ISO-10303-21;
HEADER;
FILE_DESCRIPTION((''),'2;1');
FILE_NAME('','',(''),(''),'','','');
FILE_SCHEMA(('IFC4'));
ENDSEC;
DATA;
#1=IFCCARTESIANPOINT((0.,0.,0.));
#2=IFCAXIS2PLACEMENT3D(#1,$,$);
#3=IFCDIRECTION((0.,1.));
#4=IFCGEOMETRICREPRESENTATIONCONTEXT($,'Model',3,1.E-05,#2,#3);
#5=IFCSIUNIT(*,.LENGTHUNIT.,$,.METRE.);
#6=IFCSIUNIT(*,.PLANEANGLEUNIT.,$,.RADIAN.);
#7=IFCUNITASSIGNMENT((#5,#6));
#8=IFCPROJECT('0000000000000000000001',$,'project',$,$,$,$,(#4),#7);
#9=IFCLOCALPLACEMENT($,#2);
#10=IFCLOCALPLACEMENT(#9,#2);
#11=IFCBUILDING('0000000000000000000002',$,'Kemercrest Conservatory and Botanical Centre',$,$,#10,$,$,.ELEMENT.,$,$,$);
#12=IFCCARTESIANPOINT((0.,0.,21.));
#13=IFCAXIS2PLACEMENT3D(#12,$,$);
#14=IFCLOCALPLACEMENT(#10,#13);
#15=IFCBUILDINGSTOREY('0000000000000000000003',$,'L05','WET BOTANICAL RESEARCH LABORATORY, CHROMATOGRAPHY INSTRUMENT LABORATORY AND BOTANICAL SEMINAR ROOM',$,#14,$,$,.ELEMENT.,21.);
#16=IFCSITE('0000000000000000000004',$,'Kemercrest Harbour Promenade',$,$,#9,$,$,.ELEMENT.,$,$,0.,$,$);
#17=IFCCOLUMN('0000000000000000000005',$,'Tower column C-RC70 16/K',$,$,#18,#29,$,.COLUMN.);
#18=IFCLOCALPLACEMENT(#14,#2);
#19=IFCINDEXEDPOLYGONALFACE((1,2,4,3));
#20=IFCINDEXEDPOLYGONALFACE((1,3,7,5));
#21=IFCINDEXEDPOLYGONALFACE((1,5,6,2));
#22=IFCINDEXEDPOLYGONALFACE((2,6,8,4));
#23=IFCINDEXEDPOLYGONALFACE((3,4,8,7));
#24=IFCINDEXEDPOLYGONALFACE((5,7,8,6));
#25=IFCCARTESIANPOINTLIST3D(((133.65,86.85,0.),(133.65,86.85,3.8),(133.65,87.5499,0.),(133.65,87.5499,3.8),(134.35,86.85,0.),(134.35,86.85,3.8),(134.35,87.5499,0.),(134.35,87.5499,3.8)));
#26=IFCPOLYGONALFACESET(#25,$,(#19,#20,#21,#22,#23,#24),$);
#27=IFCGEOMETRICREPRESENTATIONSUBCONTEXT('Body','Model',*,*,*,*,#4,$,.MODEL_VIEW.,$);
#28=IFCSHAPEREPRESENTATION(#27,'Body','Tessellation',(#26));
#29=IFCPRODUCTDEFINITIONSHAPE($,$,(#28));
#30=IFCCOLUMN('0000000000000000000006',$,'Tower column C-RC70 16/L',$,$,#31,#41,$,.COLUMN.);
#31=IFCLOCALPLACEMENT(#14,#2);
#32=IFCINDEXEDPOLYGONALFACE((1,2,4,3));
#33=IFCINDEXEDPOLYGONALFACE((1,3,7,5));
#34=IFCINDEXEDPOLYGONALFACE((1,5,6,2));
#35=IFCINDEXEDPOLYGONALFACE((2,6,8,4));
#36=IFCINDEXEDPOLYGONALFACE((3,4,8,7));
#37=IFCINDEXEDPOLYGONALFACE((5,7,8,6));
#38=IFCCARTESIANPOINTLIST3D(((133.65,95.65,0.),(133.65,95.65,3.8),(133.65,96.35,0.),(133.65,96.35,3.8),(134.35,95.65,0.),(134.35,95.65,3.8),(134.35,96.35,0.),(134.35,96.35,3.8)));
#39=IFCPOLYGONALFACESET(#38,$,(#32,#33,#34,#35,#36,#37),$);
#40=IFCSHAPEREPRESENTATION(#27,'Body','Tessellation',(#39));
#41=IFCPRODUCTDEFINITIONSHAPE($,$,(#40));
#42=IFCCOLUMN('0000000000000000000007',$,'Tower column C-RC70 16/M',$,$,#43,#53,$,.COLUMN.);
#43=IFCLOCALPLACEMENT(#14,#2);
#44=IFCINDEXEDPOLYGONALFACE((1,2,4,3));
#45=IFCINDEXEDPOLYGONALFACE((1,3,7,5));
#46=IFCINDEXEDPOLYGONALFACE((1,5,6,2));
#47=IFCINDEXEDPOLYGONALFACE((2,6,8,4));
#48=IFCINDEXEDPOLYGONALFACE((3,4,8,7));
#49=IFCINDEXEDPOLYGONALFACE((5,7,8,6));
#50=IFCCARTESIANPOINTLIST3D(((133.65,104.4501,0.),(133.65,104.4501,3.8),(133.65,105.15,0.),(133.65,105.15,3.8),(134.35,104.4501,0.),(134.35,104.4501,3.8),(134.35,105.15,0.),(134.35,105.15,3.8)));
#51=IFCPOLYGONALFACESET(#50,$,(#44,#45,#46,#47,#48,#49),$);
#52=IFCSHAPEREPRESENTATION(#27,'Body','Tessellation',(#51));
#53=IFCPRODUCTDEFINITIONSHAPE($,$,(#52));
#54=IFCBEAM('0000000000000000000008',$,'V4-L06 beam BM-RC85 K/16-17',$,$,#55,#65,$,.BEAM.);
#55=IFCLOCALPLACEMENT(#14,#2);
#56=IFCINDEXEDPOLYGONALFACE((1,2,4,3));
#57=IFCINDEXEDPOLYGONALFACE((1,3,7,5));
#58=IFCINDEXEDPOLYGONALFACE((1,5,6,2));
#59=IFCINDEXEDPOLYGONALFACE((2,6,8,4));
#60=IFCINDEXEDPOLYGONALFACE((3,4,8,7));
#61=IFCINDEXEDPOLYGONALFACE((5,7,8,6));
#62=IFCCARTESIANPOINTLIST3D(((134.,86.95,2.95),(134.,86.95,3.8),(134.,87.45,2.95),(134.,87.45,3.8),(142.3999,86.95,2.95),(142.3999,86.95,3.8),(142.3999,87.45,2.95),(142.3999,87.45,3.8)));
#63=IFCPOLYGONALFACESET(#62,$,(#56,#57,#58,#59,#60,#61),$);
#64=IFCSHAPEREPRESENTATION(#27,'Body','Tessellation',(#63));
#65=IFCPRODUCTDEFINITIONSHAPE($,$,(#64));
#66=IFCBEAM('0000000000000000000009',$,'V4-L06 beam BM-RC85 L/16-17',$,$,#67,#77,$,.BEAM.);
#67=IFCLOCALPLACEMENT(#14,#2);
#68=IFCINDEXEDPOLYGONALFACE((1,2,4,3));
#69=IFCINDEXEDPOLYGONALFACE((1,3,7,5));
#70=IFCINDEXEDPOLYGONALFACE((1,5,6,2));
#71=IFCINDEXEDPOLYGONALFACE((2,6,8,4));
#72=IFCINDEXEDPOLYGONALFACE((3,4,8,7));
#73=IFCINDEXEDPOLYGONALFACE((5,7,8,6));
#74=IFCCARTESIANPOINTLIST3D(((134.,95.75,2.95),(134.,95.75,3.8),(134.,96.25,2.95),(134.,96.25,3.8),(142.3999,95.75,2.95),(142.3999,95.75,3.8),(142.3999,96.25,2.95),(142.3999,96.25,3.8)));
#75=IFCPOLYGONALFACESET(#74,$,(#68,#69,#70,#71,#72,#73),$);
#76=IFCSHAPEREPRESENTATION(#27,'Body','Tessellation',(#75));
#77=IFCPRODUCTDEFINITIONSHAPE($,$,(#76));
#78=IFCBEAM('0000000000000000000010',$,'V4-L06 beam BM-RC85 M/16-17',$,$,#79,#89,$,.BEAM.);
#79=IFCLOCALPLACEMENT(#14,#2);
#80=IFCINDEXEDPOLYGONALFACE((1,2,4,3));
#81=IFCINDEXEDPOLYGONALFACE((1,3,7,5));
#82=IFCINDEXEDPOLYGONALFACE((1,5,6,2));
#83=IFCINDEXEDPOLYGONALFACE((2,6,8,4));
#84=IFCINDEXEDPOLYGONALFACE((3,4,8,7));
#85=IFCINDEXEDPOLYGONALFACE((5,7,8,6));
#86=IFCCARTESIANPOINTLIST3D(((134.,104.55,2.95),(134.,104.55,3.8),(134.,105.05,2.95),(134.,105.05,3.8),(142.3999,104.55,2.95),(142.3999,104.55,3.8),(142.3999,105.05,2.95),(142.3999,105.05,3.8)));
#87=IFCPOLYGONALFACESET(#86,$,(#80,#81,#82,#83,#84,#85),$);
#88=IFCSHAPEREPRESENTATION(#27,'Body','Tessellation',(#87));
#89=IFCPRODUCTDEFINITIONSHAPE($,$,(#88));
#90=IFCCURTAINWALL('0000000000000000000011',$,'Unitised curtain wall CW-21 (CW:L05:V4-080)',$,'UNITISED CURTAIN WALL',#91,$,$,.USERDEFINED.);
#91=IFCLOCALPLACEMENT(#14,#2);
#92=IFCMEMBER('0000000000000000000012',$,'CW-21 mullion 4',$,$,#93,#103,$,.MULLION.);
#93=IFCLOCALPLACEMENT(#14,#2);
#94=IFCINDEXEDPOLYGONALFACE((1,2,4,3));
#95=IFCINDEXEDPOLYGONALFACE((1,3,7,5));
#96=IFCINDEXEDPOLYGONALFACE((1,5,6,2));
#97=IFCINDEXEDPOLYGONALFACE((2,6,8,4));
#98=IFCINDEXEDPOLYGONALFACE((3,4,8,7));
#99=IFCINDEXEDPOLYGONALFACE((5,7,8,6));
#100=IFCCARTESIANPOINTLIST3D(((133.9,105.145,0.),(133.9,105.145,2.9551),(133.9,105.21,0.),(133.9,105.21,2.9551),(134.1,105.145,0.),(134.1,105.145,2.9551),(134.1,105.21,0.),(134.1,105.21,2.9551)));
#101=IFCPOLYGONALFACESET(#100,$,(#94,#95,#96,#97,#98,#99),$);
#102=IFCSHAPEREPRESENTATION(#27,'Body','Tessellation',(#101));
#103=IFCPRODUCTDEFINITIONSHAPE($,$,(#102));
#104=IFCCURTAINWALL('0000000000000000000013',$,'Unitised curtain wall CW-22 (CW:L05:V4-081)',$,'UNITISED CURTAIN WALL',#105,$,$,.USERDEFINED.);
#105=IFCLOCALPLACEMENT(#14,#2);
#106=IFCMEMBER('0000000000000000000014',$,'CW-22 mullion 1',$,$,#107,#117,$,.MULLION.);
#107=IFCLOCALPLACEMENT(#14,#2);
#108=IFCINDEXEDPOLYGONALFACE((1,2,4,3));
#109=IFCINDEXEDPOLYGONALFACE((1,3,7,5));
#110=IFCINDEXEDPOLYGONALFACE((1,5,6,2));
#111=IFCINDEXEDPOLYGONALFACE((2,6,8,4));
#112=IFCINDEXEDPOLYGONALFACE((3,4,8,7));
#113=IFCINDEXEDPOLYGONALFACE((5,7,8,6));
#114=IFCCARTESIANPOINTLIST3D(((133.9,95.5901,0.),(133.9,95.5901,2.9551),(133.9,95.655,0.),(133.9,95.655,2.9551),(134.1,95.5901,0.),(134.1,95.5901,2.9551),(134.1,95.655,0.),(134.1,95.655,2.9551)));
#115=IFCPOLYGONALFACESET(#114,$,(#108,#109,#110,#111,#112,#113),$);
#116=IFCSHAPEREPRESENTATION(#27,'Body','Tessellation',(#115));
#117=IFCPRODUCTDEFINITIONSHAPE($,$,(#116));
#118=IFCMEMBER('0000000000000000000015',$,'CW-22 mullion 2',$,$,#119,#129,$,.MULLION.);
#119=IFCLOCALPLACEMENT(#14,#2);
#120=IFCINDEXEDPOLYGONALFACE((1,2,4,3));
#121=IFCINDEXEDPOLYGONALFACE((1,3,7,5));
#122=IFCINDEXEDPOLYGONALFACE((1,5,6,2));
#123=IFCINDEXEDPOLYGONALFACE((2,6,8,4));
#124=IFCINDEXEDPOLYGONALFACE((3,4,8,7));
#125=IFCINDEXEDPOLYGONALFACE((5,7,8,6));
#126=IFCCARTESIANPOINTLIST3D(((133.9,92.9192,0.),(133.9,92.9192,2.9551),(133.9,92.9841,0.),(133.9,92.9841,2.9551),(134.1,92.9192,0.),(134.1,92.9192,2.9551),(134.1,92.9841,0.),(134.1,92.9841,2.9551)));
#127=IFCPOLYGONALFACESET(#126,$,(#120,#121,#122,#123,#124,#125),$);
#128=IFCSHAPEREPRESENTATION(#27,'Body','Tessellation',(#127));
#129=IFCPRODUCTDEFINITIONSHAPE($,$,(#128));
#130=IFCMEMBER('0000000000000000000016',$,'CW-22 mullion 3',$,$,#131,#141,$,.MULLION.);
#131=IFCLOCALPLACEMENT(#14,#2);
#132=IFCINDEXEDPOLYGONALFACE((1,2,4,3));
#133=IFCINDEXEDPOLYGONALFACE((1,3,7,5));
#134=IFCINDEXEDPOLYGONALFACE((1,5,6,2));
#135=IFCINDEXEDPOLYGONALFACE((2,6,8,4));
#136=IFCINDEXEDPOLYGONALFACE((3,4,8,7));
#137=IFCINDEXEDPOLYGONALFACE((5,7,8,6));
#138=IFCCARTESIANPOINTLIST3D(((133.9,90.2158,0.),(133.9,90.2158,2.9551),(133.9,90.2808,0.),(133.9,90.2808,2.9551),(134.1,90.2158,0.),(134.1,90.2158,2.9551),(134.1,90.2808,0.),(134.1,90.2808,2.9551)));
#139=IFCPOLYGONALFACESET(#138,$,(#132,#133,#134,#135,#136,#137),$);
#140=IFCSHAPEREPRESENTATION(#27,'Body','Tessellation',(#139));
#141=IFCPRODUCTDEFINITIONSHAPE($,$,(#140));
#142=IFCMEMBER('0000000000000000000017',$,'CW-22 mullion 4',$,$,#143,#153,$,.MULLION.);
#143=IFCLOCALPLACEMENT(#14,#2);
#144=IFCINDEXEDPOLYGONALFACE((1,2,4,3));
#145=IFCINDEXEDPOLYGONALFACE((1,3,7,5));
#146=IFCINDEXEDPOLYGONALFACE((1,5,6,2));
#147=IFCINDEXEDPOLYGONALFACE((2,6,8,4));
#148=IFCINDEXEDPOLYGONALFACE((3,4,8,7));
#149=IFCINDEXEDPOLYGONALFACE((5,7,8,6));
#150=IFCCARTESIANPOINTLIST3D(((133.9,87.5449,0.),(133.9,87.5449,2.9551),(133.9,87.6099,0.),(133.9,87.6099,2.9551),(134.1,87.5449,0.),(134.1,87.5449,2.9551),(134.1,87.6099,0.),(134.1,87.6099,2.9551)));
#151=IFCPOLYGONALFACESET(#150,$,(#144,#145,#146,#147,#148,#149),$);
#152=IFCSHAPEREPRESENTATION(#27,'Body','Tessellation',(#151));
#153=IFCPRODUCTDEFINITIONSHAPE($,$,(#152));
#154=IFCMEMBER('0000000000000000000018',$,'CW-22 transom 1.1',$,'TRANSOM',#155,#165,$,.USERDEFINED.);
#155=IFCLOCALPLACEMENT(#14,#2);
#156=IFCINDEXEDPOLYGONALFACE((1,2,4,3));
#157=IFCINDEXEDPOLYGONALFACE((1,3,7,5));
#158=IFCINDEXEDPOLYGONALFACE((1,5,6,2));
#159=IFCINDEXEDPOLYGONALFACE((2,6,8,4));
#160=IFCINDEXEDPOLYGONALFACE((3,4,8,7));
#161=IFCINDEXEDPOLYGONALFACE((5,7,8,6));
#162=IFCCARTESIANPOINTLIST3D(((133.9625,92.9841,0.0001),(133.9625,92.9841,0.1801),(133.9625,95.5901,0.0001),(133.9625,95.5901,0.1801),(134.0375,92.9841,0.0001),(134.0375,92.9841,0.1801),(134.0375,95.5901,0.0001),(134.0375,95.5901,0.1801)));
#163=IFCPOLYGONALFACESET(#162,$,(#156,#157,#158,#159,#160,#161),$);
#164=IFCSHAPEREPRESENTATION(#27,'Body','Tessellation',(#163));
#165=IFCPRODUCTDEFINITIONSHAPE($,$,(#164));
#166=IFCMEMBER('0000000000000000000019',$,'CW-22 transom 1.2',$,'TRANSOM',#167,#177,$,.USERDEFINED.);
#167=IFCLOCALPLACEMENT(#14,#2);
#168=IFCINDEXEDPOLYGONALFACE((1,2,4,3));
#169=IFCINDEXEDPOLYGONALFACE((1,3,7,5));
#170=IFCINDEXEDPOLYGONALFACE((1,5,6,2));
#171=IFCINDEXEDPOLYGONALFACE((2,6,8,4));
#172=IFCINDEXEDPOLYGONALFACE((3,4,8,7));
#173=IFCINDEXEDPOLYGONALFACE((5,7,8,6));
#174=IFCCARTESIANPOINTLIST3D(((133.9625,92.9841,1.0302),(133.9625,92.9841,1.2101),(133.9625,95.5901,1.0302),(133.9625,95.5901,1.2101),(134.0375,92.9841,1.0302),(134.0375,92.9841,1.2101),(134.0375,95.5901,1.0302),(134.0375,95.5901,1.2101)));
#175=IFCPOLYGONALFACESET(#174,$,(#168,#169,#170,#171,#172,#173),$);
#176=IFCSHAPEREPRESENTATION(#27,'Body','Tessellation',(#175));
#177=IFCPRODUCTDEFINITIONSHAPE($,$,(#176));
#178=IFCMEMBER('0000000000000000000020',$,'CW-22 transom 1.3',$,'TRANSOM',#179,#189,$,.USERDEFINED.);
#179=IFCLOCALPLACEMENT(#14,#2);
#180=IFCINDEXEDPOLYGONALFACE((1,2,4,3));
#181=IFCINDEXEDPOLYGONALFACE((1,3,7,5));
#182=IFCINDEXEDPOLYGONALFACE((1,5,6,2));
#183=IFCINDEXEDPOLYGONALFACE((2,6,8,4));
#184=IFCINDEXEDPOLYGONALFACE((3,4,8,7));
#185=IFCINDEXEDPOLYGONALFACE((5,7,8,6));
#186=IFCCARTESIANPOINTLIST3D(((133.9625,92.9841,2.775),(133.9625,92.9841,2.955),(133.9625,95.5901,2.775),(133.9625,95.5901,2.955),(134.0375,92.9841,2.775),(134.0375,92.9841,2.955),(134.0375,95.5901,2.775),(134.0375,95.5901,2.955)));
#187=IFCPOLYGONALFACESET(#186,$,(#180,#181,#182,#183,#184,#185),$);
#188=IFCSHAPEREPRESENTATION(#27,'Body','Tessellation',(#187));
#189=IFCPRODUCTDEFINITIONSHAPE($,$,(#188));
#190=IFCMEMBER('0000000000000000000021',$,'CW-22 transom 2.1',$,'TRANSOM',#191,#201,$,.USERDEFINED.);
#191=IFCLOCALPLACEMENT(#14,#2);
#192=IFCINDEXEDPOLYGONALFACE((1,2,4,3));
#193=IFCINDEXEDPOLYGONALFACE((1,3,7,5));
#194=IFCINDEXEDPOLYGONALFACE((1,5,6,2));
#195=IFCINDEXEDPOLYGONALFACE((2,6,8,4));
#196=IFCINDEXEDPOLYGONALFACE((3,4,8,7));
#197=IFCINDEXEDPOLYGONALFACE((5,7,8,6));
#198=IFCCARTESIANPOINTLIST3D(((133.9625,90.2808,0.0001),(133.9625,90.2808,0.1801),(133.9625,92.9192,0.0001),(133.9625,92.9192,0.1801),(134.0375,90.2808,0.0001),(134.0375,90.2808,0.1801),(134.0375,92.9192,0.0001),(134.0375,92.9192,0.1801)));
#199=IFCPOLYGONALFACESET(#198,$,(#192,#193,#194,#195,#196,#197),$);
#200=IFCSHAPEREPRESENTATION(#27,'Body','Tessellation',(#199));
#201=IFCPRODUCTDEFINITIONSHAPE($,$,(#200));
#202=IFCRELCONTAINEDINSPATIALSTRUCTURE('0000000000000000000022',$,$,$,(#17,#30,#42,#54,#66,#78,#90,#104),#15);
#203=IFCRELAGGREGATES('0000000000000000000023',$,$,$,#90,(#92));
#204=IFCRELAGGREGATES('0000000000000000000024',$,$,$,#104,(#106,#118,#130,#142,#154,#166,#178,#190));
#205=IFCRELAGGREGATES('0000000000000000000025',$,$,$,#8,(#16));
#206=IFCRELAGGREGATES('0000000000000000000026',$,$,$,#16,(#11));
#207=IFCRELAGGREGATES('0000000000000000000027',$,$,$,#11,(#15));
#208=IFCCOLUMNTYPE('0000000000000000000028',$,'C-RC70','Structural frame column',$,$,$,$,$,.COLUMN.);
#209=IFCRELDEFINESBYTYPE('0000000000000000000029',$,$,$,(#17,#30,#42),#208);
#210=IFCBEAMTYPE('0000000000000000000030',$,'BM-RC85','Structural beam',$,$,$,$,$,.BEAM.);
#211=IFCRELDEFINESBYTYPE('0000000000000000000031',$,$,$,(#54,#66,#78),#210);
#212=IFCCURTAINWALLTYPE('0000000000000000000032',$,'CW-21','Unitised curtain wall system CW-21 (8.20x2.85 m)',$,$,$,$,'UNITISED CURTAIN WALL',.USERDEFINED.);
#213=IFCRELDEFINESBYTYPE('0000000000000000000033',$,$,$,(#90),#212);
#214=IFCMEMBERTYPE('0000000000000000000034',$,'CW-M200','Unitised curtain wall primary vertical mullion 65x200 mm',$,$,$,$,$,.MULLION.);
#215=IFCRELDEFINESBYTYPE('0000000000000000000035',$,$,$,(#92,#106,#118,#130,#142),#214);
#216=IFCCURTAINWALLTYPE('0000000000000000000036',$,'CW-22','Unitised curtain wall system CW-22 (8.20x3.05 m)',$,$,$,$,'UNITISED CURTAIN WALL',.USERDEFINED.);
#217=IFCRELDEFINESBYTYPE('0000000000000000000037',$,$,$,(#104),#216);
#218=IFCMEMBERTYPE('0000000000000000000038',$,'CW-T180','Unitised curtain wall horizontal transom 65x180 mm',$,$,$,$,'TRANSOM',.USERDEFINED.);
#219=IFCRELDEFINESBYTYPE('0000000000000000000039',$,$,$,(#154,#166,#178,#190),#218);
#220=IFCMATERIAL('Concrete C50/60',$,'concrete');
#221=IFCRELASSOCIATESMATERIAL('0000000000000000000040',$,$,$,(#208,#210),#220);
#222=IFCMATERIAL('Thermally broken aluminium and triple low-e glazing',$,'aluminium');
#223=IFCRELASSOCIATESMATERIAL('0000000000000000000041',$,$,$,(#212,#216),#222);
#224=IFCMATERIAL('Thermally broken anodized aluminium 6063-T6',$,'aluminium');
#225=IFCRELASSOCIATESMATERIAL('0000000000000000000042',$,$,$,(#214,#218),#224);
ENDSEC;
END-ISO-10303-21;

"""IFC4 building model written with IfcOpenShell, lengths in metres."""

from ifc_helpers import new_model, si_unit, direction, frame, origin, origin_2d, place, context, subcontext, project, spatial, rectangle, extrude, material, material_profile, profile_set, type_object, element, aggregate, save


model = new_model("IFC4")

# Units and contexts
model_context = context("Model", 3, precision=1e-05, world=origin(), true_north=direction((0.0, 1.0)))
body_context = subcontext(model_context, "Body", "Model", "MODEL_VIEW")
ifc_project = project(units=[si_unit("LENGTHUNIT", "METRE"), si_unit("PLANEANGLEUNIT", "RADIAN")], contexts=[model_context])

# Site, building, storey
site_placement = place(None, origin())
site = spatial("IfcSite", under=ifc_project, at=site_placement, Name="Kemercrest Harbour Promenade", CompositionType="ELEMENT", RefElevation=0.0)
building_placement = place(site_placement, origin())
building = spatial("IfcBuilding", under=site, at=building_placement, Name="Kemercrest Conservatory and Botanical Centre", CompositionType="ELEMENT")
storey_placement = place(building_placement, frame((0.0, 0.0, 21.0)))
storey = spatial("IfcBuildingStorey", under=building, at=storey_placement, Name="L05", Description="WET BOTANICAL RESEARCH LABORATORY, CHROMATOGRAPHY INSTRUMENT LABORATORY AND BOTANICAL SEMINAR ROOM", CompositionType="ELEMENT", Elevation=21.0)

# Columns
ifc_material_1 = material(Name="Concrete C50/60", Category="concrete")
ifc_material_profile_1 = material_profile(ifc_material_1, rectangle(XDim=0.7, YDim=0.7, at=origin_2d()), Name="RC 700x700")
ifc_profile_set_1 = profile_set([ifc_material_profile_1], Name="Concrete C50/60")
column_type = type_object("IfcColumnType", Name="C-RC70", Description="Structural frame column", PredefinedType="COLUMN", material=ifc_profile_set_1)
for number, where, z_axis, x_axis, name in (
    (1, (134.0, 87.2, 0.0), (0.0, 0.0, 1.0), (1.0, 0.0, 0.0), "Tower column C-RC70 16/K"),
    (2, (134.0, 96.0, 0.0), (0.0, 0.0, 1.0), (1.0, 0.0, 0.0), "Tower column C-RC70 16/L"),
    (3, (134.0, 104.8, 0.0), (0.0, 0.0, 1.0), (1.0, 0.0, 0.0), "Tower column C-RC70 16/M"),
):
    element("IfcColumn", number, at=place(storey_placement, frame(where, z_axis=z_axis, x_axis=x_axis)), inside=storey, type_object=column_type, Name=name, PredefinedType="COLUMN", context=body_context, shape_type="SweptSolid", body=[
        extrude(rectangle(XDim=0.7, YDim=0.7, at=origin_2d()), origin(), (0.0, 0.0, 1.0), 3.8),
    ])

# Beams
ifc_material_profile_2 = material_profile(ifc_material_1, rectangle(XDim=0.5, YDim=0.8501, at=origin_2d()), Name="RC 500x850")
ifc_profile_set_2 = profile_set([ifc_material_profile_2], Name="Concrete C50/60")
beam_type_1 = type_object("IfcBeamType", Name="BM-RC85", Description="Structural beam", PredefinedType="BEAM", material=ifc_profile_set_2)
for number, where, z_axis, x_axis, name in (
    (4, (134.0, 87.2, 3.375), (1.0, 0.0, 0.0), (0.0, 1.0, 0.0), "V4-L06 beam BM-RC85 K/16-17"),
    (5, (134.0, 96.0, 3.375), (1.0, 0.0, 0.0), (0.0, 1.0, 0.0), "V4-L06 beam BM-RC85 L/16-17"),
    (6, (134.0, 104.8, 3.375), (1.0, 0.0, 0.0), (0.0, 1.0, 0.0), "V4-L06 beam BM-RC85 M/16-17"),
):
    element("IfcBeam", number, at=place(storey_placement, frame(where, z_axis=z_axis, x_axis=x_axis)), inside=storey, type_object=beam_type_1, Name=name, PredefinedType="BEAM", context=body_context, shape_type="SweptSolid", body=[
        extrude(rectangle(XDim=0.5, YDim=0.8501, at=origin_2d()), origin(), (0.0, 0.0, 1.0), 8.3999),
    ])

# Curtain wall, member
ifc_material_2 = material(Name="Thermally broken aluminium and triple low-e glazing", Category="aluminium")
curtain_wall_type_1 = type_object("IfcCurtainWallType", Name="CW-21", Description="Unitised curtain wall system CW-21 (8.20x2.85 m)", ElementType="UNITISED CURTAIN WALL", PredefinedType="USERDEFINED", material=ifc_material_2)
curtain_wall_1_placement = place(storey_placement, origin())
curtain_wall_1 = element("IfcCurtainWall", 7, at=curtain_wall_1_placement, inside=storey, type_object=curtain_wall_type_1, Name="Unitised curtain wall CW-21 (CW:L05:V4-080)", ObjectType="UNITISED CURTAIN WALL", PredefinedType="USERDEFINED")
ifc_material_3 = material(Name="Thermally broken anodized aluminium 6063-T6", Category="aluminium")
ifc_material_profile_3 = material_profile(ifc_material_3, rectangle(XDim=0.2, YDim=0.0649, at=origin_2d()), Name="AL MULLION 65x200")
ifc_profile_set_3 = profile_set([ifc_material_profile_3], Name="Thermally broken anodized aluminium 6063-T6")
member_type_1 = type_object("IfcMemberType", Name="CW-M200", Description="Unitised curtain wall primary vertical mullion 65x200 mm", PredefinedType="MULLION", material=ifc_profile_set_3)
member_1_placement = place(storey_placement, frame((134.0, 105.1775, 0.0), z_axis=(0.0, 0.0, 1.0), x_axis=(1.0, 0.0, 0.0)))
member_1 = element("IfcMember", 8, at=member_1_placement, type_object=member_type_1, Name="CW-21 mullion 4", PredefinedType="MULLION", context=body_context, shape_type="SweptSolid", body=[
    extrude(rectangle(XDim=0.2, YDim=0.0649, at=origin_2d()), origin(), (0.0, 0.0, 1.0), 2.9551),
])
aggregate(curtain_wall_1, [member_1])

# Curtain wall, members
curtain_wall_type_2 = type_object("IfcCurtainWallType", Name="CW-22", Description="Unitised curtain wall system CW-22 (8.20x3.05 m)", ElementType="UNITISED CURTAIN WALL", PredefinedType="USERDEFINED", material=ifc_material_2)
curtain_wall_2_placement = place(storey_placement, origin())
curtain_wall_2 = element("IfcCurtainWall", 9, at=curtain_wall_2_placement, inside=storey, type_object=curtain_wall_type_2, Name="Unitised curtain wall CW-22 (CW:L05:V4-081)", ObjectType="UNITISED CURTAIN WALL", PredefinedType="USERDEFINED")
member_2_placement = place(storey_placement, frame((134.0, 95.6226, 0.0), z_axis=(0.0, 0.0, 1.0), x_axis=(1.0, 0.0, 0.0)))
member_2 = element("IfcMember", 10, at=member_2_placement, type_object=member_type_1, Name="CW-22 mullion 1", PredefinedType="MULLION", context=body_context, shape_type="SweptSolid", body=[
    extrude(rectangle(XDim=0.2, YDim=0.0649, at=origin_2d()), origin(), (0.0, 0.0, 1.0), 2.9551),
])
member_3_placement = place(storey_placement, frame((134.0, 92.9517, 0.0), z_axis=(0.0, 0.0, 1.0), x_axis=(1.0, 0.0, 0.0)))
member_3 = element("IfcMember", 11, at=member_3_placement, type_object=member_type_1, Name="CW-22 mullion 2", PredefinedType="MULLION", context=body_context, shape_type="SweptSolid", body=[
    extrude(rectangle(XDim=0.2, YDim=0.0649, at=origin_2d()), origin(), (0.0, 0.0, 1.0), 2.9551),
])
member_4_placement = place(storey_placement, frame((134.0, 90.2483, 0.0), z_axis=(0.0, 0.0, 1.0), x_axis=(1.0, 0.0, 0.0)))
member_4 = element("IfcMember", 12, at=member_4_placement, type_object=member_type_1, Name="CW-22 mullion 3", PredefinedType="MULLION", context=body_context, shape_type="SweptSolid", body=[
    extrude(rectangle(XDim=0.2, YDim=0.0649, at=origin_2d()), origin(), (0.0, 0.0, 1.0), 2.9551),
])
member_5_placement = place(storey_placement, frame((134.0, 87.5774, 0.0), z_axis=(0.0, 0.0, 1.0), x_axis=(1.0, 0.0, 0.0)))
member_5 = element("IfcMember", 13, at=member_5_placement, type_object=member_type_1, Name="CW-22 mullion 4", PredefinedType="MULLION", context=body_context, shape_type="SweptSolid", body=[
    extrude(rectangle(XDim=0.2, YDim=0.0649, at=origin_2d()), origin(), (0.0, 0.0, 1.0), 2.9551),
])
ifc_material_profile_4 = material_profile(ifc_material_3, rectangle(XDim=0.075, YDim=0.1799, at=origin_2d()), Name="AL TRANSOM 75x180")
ifc_profile_set_4 = profile_set([ifc_material_profile_4], Name="Thermally broken anodized aluminium 6063-T6")
member_type_2 = type_object("IfcMemberType", Name="CW-T180", Description="Unitised curtain wall horizontal transom 65x180 mm", ElementType="TRANSOM", PredefinedType="USERDEFINED", material=ifc_profile_set_4)
member_6_placement = place(storey_placement, frame((134.0, 95.5901, 0.0901), z_axis=(0.0, -1.0, 0.0), x_axis=(1.0, 0.0, 0.0)))
member_6 = element("IfcMember", 14, at=member_6_placement, type_object=member_type_2, Name="CW-22 transom 1.1", ObjectType="TRANSOM", PredefinedType="USERDEFINED", context=body_context, shape_type="SweptSolid", body=[
    extrude(rectangle(XDim=0.075, YDim=0.1799, at=origin_2d()), origin(), (0.0, 0.0, 1.0), 2.606),
])
member_7_placement = place(storey_placement, frame((134.0, 95.5901, 1.1201), z_axis=(0.0, -1.0, 0.0), x_axis=(1.0, 0.0, 0.0)))
member_7 = element("IfcMember", 15, at=member_7_placement, type_object=member_type_2, Name="CW-22 transom 1.2", ObjectType="TRANSOM", PredefinedType="USERDEFINED", context=body_context, shape_type="SweptSolid", body=[
    extrude(rectangle(XDim=0.075, YDim=0.1799, at=origin_2d()), origin(), (0.0, 0.0, 1.0), 2.606),
])
member_8_placement = place(storey_placement, frame((134.0, 95.5901, 2.865), z_axis=(0.0, -1.0, 0.0), x_axis=(1.0, 0.0, 0.0)))
member_8 = element("IfcMember", 16, at=member_8_placement, type_object=member_type_2, Name="CW-22 transom 1.3", ObjectType="TRANSOM", PredefinedType="USERDEFINED", context=body_context, shape_type="SweptSolid", body=[
    extrude(rectangle(XDim=0.075, YDim=0.1799, at=origin_2d()), origin(), (0.0, 0.0, 1.0), 2.606),
])
member_9_placement = place(storey_placement, frame((134.0, 92.9192, 0.0901), z_axis=(0.0, -1.0, 0.0), x_axis=(1.0, 0.0, 0.0)))
member_9 = element("IfcMember", 17, at=member_9_placement, type_object=member_type_2, Name="CW-22 transom 2.1", ObjectType="TRANSOM", PredefinedType="USERDEFINED", context=body_context, shape_type="SweptSolid", body=[
    extrude(rectangle(XDim=0.075, YDim=0.1799, at=origin_2d()), origin(), (0.0, 0.0, 1.0), 2.6384),
])

aggregate(curtain_wall_2, [member_2, member_3, member_4, member_5, member_6, member_7, member_8, member_9])

save(model, "model.ifc")
